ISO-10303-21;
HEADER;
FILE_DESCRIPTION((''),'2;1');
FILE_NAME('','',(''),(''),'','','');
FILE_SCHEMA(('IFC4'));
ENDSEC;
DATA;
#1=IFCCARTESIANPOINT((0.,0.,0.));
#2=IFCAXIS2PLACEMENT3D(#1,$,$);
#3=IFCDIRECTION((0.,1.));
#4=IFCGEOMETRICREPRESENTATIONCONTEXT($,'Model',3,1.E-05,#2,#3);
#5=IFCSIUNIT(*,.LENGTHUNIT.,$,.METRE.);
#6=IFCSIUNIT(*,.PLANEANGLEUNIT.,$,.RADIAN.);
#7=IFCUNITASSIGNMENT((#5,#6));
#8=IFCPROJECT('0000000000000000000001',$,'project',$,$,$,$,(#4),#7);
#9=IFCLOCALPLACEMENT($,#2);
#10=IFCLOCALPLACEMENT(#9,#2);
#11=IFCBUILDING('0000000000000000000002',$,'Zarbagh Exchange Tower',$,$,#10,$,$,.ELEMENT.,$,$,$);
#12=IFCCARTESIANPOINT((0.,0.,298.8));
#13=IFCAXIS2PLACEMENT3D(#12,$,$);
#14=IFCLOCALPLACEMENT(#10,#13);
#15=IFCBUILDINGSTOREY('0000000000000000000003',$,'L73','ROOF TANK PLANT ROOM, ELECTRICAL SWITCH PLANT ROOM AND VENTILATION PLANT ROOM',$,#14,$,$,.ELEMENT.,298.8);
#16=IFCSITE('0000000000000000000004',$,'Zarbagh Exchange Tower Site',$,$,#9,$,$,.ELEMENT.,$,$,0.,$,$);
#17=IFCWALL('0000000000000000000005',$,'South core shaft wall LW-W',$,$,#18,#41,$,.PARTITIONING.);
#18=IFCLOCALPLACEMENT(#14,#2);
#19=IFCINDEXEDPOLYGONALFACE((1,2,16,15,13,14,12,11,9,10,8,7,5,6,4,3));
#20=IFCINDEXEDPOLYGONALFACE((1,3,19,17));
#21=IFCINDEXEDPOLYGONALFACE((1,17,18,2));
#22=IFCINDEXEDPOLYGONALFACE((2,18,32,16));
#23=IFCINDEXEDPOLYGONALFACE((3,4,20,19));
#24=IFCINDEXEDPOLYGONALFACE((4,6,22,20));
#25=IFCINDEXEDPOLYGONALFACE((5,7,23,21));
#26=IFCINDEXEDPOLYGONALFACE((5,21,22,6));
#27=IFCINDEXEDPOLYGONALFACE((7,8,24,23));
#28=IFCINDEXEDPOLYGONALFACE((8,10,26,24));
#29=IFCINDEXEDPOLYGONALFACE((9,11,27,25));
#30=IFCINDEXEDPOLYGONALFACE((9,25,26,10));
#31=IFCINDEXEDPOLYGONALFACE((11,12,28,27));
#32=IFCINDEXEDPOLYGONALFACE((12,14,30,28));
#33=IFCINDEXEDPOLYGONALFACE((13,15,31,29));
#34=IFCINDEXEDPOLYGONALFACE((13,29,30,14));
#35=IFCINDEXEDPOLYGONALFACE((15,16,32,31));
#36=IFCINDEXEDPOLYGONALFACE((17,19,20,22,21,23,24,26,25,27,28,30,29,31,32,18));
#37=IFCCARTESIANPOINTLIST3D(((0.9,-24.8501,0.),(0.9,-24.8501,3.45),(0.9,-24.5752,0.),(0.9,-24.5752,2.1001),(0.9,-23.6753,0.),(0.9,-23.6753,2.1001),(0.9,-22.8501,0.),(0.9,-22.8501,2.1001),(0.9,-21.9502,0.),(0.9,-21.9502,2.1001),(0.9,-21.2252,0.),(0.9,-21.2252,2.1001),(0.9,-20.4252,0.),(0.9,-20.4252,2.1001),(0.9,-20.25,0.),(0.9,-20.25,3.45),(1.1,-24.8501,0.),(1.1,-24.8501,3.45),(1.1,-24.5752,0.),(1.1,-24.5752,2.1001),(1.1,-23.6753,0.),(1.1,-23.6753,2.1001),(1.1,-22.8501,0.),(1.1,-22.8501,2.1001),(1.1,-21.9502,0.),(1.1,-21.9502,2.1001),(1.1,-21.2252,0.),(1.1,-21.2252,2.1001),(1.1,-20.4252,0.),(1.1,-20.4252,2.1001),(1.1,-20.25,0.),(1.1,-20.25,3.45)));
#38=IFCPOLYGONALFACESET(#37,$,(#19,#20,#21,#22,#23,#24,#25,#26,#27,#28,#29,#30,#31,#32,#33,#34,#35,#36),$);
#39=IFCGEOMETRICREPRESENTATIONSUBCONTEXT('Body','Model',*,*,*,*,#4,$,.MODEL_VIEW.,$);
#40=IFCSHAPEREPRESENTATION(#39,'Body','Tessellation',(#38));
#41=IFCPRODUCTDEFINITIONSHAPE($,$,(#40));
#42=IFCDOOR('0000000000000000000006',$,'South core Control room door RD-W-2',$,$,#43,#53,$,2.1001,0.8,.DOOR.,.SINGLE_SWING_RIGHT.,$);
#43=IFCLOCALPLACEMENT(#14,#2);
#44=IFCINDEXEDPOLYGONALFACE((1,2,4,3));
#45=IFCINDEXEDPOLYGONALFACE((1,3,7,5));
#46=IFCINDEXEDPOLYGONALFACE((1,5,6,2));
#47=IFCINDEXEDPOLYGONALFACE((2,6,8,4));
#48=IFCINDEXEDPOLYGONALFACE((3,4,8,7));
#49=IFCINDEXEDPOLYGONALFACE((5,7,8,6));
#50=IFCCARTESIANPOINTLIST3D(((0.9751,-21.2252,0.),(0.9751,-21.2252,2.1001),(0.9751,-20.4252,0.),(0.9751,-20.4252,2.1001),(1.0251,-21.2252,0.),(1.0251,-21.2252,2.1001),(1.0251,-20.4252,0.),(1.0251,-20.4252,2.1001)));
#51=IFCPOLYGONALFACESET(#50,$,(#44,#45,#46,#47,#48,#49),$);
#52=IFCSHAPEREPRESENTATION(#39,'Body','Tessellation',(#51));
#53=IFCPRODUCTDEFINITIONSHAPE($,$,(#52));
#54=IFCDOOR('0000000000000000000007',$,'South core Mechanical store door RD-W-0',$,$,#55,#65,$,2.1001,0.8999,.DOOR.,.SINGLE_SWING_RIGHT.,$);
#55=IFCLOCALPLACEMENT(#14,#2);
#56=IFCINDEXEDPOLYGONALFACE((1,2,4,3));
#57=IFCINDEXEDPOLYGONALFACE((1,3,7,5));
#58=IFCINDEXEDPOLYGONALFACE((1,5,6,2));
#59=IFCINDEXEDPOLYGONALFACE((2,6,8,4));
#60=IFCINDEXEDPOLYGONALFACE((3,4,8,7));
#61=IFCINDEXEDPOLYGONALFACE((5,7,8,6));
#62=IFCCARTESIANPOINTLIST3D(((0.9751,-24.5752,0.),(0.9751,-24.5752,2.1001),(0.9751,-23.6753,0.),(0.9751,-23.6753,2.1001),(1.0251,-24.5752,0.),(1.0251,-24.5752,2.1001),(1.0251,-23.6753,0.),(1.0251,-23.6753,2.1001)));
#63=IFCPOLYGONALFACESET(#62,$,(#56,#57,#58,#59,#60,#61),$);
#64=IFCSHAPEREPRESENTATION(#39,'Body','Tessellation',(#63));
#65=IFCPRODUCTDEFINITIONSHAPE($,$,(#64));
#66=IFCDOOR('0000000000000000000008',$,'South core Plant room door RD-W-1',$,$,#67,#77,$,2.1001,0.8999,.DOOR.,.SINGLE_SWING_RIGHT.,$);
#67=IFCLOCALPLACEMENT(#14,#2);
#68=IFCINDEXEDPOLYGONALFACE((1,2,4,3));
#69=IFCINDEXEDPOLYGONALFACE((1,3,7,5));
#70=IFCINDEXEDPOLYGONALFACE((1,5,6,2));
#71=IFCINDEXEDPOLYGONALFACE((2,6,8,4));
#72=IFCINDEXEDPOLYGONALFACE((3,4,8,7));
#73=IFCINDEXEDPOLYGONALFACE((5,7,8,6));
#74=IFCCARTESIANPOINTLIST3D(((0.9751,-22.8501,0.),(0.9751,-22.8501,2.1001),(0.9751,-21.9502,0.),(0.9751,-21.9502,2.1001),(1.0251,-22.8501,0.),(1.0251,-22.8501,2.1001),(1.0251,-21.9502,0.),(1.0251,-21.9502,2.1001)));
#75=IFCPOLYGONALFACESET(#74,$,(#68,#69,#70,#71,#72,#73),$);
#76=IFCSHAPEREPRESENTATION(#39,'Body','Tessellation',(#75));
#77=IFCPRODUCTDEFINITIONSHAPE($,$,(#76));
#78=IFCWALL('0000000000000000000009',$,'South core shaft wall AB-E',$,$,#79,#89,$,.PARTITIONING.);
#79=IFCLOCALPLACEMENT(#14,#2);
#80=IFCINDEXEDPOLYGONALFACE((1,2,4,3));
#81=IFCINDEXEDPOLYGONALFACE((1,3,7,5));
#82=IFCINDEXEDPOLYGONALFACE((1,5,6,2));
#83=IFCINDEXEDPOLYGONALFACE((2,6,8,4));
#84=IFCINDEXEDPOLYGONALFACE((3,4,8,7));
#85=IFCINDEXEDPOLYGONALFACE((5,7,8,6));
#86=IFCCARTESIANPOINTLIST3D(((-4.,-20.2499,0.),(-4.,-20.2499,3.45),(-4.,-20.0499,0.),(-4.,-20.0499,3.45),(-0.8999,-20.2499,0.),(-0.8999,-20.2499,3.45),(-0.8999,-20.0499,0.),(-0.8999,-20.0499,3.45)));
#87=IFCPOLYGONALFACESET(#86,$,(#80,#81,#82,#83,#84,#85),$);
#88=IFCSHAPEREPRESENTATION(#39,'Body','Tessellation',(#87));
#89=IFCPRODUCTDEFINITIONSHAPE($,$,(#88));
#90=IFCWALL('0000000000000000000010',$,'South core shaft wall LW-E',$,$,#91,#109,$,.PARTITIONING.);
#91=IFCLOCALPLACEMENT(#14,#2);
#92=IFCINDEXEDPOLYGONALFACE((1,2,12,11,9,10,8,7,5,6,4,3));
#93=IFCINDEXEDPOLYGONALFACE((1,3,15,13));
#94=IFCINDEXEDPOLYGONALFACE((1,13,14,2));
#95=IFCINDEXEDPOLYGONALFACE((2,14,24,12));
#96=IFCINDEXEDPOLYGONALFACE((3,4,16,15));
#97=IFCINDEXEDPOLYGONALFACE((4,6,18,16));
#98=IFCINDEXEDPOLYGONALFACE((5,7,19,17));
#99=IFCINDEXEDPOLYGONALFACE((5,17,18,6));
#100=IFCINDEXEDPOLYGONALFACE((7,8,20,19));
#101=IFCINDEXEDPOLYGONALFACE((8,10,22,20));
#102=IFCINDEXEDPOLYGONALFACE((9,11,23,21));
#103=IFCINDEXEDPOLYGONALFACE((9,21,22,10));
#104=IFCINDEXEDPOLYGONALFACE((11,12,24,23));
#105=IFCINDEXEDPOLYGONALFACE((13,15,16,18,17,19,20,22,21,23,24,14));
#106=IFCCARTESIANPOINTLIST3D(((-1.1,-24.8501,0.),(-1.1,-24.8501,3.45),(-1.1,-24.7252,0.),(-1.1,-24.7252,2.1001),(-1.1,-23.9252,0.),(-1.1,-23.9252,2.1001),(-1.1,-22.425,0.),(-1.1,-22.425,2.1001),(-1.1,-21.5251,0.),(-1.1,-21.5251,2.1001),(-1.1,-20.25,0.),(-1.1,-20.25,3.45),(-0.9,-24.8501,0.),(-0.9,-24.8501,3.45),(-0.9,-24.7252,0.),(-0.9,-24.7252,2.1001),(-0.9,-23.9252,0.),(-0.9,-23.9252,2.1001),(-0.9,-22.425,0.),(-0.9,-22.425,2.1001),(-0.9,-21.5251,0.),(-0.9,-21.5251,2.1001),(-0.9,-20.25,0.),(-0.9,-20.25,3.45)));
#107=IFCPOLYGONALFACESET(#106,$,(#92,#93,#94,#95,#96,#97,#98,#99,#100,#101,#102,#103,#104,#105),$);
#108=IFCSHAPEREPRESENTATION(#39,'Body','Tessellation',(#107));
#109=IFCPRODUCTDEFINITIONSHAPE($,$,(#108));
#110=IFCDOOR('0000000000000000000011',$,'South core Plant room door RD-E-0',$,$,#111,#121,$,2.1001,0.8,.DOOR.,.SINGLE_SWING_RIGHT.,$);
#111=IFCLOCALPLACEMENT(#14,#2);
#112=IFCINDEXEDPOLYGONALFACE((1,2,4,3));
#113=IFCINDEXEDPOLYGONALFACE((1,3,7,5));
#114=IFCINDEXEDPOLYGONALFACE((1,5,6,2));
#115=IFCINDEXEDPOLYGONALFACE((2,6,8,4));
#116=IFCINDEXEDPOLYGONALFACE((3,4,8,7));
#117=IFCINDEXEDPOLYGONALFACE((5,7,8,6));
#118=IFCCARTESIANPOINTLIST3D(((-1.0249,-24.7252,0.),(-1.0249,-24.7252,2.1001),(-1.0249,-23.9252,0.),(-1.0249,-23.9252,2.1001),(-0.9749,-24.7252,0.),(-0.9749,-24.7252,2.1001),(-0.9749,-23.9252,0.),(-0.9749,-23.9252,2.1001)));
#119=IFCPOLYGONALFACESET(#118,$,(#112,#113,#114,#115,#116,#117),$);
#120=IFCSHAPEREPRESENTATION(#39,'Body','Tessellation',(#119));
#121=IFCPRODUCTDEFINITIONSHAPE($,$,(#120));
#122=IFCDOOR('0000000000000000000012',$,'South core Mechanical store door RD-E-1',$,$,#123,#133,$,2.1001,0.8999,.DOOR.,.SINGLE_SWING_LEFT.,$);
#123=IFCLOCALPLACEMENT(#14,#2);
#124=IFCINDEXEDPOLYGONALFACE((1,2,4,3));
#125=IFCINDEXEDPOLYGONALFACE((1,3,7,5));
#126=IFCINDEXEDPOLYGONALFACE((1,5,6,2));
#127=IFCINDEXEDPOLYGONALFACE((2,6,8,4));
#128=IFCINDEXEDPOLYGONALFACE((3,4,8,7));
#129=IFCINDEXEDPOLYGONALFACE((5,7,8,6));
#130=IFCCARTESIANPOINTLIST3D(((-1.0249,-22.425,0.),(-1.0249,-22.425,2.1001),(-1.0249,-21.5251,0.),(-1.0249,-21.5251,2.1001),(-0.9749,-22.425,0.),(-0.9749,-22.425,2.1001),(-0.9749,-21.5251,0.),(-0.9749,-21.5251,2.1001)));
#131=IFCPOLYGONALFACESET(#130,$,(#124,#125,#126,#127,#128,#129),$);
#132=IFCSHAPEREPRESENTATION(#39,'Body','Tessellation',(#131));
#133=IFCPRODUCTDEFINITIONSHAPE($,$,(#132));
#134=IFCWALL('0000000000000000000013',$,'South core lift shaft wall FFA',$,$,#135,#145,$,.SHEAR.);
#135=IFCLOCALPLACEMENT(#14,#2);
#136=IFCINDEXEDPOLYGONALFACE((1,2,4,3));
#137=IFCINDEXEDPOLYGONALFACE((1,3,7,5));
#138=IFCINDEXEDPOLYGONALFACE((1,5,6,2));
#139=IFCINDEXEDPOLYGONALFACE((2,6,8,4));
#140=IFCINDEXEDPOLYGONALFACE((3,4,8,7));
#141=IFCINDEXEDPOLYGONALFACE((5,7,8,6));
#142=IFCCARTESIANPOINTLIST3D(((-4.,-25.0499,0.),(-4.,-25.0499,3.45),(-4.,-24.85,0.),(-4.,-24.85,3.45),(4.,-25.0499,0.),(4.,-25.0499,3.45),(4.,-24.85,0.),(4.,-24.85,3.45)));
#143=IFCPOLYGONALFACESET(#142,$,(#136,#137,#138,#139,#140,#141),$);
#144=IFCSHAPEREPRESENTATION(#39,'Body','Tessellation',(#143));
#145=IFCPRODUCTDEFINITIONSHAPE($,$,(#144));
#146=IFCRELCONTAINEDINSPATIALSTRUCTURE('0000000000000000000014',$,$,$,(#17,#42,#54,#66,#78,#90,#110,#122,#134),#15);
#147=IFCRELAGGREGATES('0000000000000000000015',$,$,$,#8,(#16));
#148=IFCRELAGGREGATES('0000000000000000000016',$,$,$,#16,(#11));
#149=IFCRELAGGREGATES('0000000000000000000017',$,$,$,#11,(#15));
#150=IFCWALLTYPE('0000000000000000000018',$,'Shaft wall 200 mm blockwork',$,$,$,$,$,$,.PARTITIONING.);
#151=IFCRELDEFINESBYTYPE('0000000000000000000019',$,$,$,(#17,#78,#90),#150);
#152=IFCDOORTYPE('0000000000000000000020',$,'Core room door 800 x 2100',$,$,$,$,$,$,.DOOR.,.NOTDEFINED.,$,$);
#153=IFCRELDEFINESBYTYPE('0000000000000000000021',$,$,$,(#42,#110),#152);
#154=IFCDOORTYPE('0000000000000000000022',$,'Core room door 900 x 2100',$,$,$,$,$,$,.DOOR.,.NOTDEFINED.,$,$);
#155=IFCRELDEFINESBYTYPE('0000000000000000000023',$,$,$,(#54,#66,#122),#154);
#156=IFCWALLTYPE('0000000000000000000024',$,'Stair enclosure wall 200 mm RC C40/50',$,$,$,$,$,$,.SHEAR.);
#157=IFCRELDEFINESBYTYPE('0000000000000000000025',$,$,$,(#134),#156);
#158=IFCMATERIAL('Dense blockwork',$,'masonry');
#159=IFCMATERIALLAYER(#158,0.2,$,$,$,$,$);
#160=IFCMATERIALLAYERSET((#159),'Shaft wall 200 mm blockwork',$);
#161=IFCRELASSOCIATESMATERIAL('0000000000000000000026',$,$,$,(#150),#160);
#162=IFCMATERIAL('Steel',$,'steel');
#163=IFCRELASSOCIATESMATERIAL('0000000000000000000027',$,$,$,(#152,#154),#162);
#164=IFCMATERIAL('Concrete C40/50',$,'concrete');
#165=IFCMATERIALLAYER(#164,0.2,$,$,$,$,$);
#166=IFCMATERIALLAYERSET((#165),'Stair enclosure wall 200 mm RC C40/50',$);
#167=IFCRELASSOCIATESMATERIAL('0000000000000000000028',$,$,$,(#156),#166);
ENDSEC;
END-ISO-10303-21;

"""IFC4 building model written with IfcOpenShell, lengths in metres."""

from ifc_helpers import new_model, si_unit, direction, frame, frame_2d, origin, place, context, subcontext, project, spatial, rectangle, extrude, material, layer, layer_set, type_object, element, fill, save


model = new_model("IFC4")

# Units and contexts
model_context = context("Model", 3, precision=1e-05, world=origin(), true_north=direction((0.0, 1.0)))
body_context = subcontext(model_context, "Body", "Model", "MODEL_VIEW")
ifc_project = project(units=[si_unit("LENGTHUNIT", "METRE"), si_unit("PLANEANGLEUNIT", "RADIAN")], contexts=[model_context])

# Site, building, storey
site_placement = place(None, origin())
site = spatial("IfcSite", under=ifc_project, at=site_placement, Name="Zarbagh Exchange Tower Site", CompositionType="ELEMENT", RefElevation=0.0)
building_placement = place(site_placement, origin())
building = spatial("IfcBuilding", under=site, at=building_placement, Name="Zarbagh Exchange Tower", CompositionType="ELEMENT")
storey_placement = place(building_placement, frame((0.0, 0.0, 298.8)))
storey = spatial("IfcBuildingStorey", under=building, at=storey_placement, Name="L73", Description="ROOF TANK PLANT ROOM, ELECTRICAL SWITCH PLANT ROOM AND VENTILATION PLANT ROOM", CompositionType="ELEMENT", Elevation=298.8)

# Shared definitions
ifc_material_1 = material(Name="Concrete C40/50", Category="concrete")

# Shared definitions
ifc_material_2 = material(Name="Dense blockwork", Category="masonry")
ifc_layer_1 = layer(ifc_material_2, 0.2)
ifc_layer_set_1 = layer_set([ifc_layer_1], Name="Shaft wall 200 mm blockwork")
wall_type_1 = type_object("IfcWallType", Name="Shaft wall 200 mm blockwork", PredefinedType="PARTITIONING", material=ifc_layer_set_1)

# Wall, openings, doors
wall_1_placement = place(storey_placement, frame((1.0, -24.8501, 0.0), z_axis=(0.0, 0.0, 1.0), x_axis=(0.0, 1.0, 0.0)))
wall_1 = element("IfcWall", 1, at=wall_1_placement, inside=storey, type_object=wall_type_1, Name="South core shaft wall LW-W", PredefinedType="PARTITIONING", context=body_context, shape_type="SweptSolid", body=[
    extrude(rectangle(XDim=4.6001, YDim=0.2, at=frame_2d((2.3, 0.0))), origin(), (0.0, 0.0, 1.0), 3.45),
])
opening_1_placement = place(wall_1_placement, frame((0.2749, 0.0, 0.0)))
opening_1 = element("IfcOpeningElement", 2, at=opening_1_placement, cuts=wall_1, PredefinedType="OPENING", context=body_context, shape_type="SweptSolid", body=[
    extrude(rectangle(XDim=0.8999, YDim=2.1001, at=frame_2d((0.45, 1.05))), frame((0.0, 0.1099, 0.0), z_axis=(0.0, -1.0, 0.0), x_axis=(1.0, 0.0, 0.0)), (0.0, 0.0, 1.0), 0.22),
])
opening_2_placement = place(wall_1_placement, frame((2.0, 0.0, 0.0)))
opening_2 = element("IfcOpeningElement", 3, at=opening_2_placement, cuts=wall_1, PredefinedType="OPENING", context=body_context, shape_type="SweptSolid", body=[
    extrude(rectangle(XDim=0.8999, YDim=2.1001, at=frame_2d((0.45, 1.05))), frame((0.0, 0.1099, 0.0), z_axis=(0.0, -1.0, 0.0), x_axis=(1.0, 0.0, 0.0)), (0.0, 0.0, 1.0), 0.22),
])
opening_3_placement = place(wall_1_placement, frame((3.625, 0.0, 0.0)))
opening_3 = element("IfcOpeningElement", 4, at=opening_3_placement, cuts=wall_1, PredefinedType="OPENING", context=body_context, shape_type="SweptSolid", body=[
    extrude(rectangle(XDim=0.8, YDim=2.1001, at=frame_2d((0.3999, 1.05))), frame((0.0, 0.1099, 0.0), z_axis=(0.0, -1.0, 0.0), x_axis=(1.0, 0.0, 0.0)), (0.0, 0.0, 1.0), 0.22),
])
ifc_material_3 = material(Name="Steel", Category="steel")
door_type_1 = type_object("IfcDoorType", Name="Core room door 800 x 2100", OperationType="NOTDEFINED", PredefinedType="DOOR", material=ifc_material_3)
door_1_placement = place(opening_3_placement, origin())
door_1 = element("IfcDoor", 5, at=door_1_placement, inside=storey, type_object=door_type_1, Name="South core Control room door RD-W-2", OperationType="SINGLE_SWING_RIGHT", OverallHeight=2.1001, OverallWidth=0.8, PredefinedType="DOOR", context=body_context, shape_type="SweptSolid", body=[
    extrude(rectangle(XDim=0.8, YDim=2.1001, at=frame_2d((0.3999, 1.05))), frame((0.0, 0.0249, 0.0), z_axis=(0.0, -1.0, 0.0), x_axis=(1.0, 0.0, 0.0)), (0.0, 0.0, 1.0), 0.05),
])
fill(opening_3, door_1)
door_type_2 = type_object("IfcDoorType", Name="Core room door 900 x 2100", OperationType="NOTDEFINED", PredefinedType="DOOR", material=ifc_material_3)
door_2_placement = place(opening_1_placement, origin())
door_2 = element("IfcDoor", 6, at=door_2_placement, inside=storey, type_object=door_type_2, Name="South core Mechanical store door RD-W-0", OperationType="SINGLE_SWING_RIGHT", OverallHeight=2.1001, OverallWidth=0.8999, PredefinedType="DOOR", context=body_context, shape_type="SweptSolid", body=[
    extrude(rectangle(XDim=0.8999, YDim=2.1001, at=frame_2d((0.45, 1.05))), frame((0.0, 0.0249, 0.0), z_axis=(0.0, -1.0, 0.0), x_axis=(1.0, 0.0, 0.0)), (0.0, 0.0, 1.0), 0.05),
])
fill(opening_1, door_2)
door_3_placement = place(opening_2_placement, origin())
door_3 = element("IfcDoor", 7, at=door_3_placement, inside=storey, type_object=door_type_2, Name="South core Plant room door RD-W-1", OperationType="SINGLE_SWING_RIGHT", OverallHeight=2.1001, OverallWidth=0.8999, PredefinedType="DOOR", context=body_context, shape_type="SweptSolid", body=[
    extrude(rectangle(XDim=0.8999, YDim=2.1001, at=frame_2d((0.45, 1.05))), frame((0.0, 0.0249, 0.0), z_axis=(0.0, -1.0, 0.0), x_axis=(1.0, 0.0, 0.0)), (0.0, 0.0, 1.0), 0.05),
])
fill(opening_2, door_3)

# Wall
wall_2_placement = place(storey_placement, frame((-0.8999, -20.1499, 0.0), z_axis=(0.0, 0.0, 1.0), x_axis=(-1.0, 0.0, 0.0)))
element("IfcWall", 8, at=wall_2_placement, inside=storey, type_object=wall_type_1, Name="South core shaft wall AB-E", PredefinedType="PARTITIONING", context=body_context, shape_type="SweptSolid", body=[
    extrude(rectangle(XDim=3.1001, YDim=0.2, at=frame_2d((1.55, 0.0))), origin(), (0.0, 0.0, 1.0), 3.45),
])

# Wall, openings, doors
wall_3_placement = place(storey_placement, frame((-1.0, -24.8501, 0.0), z_axis=(0.0, 0.0, 1.0), x_axis=(0.0, 1.0, 0.0)))
wall_3 = element("IfcWall", 9, at=wall_3_placement, inside=storey, type_object=wall_type_1, Name="South core shaft wall LW-E", PredefinedType="PARTITIONING", context=body_context, shape_type="SweptSolid", body=[
    extrude(rectangle(XDim=4.6001, YDim=0.2, at=frame_2d((2.3, 0.0))), origin(), (0.0, 0.0, 1.0), 3.45),
])
opening_4_placement = place(wall_3_placement, frame((0.125, 0.0, 0.0)))
opening_4 = element("IfcOpeningElement", 10, at=opening_4_placement, cuts=wall_3, PredefinedType="OPENING", context=body_context, shape_type="SweptSolid", body=[
    extrude(rectangle(XDim=0.8, YDim=2.1001, at=frame_2d((0.3999, 1.05))), frame((0.0, 0.1099, 0.0), z_axis=(0.0, -1.0, 0.0), x_axis=(1.0, 0.0, 0.0)), (0.0, 0.0, 1.0), 0.22),
])
opening_5_placement = place(wall_3_placement, frame((2.425, 0.0, 0.0)))
opening_5 = element("IfcOpeningElement", 11, at=opening_5_placement, cuts=wall_3, PredefinedType="OPENING", context=body_context, shape_type="SweptSolid", body=[
    extrude(rectangle(XDim=0.8999, YDim=2.1001, at=frame_2d((0.45, 1.05))), frame((0.0, 0.1099, 0.0), z_axis=(0.0, -1.0, 0.0), x_axis=(1.0, 0.0, 0.0)), (0.0, 0.0, 1.0), 0.22),
])
door_4_placement = place(opening_4_placement, origin())
door_4 = element("IfcDoor", 12, at=door_4_placement, inside=storey, type_object=door_type_1, Name="South core Plant room door RD-E-0", OperationType="SINGLE_SWING_RIGHT", OverallHeight=2.1001, OverallWidth=0.8, PredefinedType="DOOR", context=body_context, shape_type="SweptSolid", body=[
    extrude(rectangle(XDim=0.8, YDim=2.1001, at=frame_2d((0.3999, 1.05))), frame((0.0, 0.0249, 0.0), z_axis=(0.0, -1.0, 0.0), x_axis=(1.0, 0.0, 0.0)), (0.0, 0.0, 1.0), 0.05),
])
fill(opening_4, door_4)
door_5_placement = place(opening_5_placement, origin())
door_5 = element("IfcDoor", 13, at=door_5_placement, inside=storey, type_object=door_type_2, Name="South core Mechanical store door RD-E-1", OperationType="SINGLE_SWING_LEFT", OverallHeight=2.1001, OverallWidth=0.8999, PredefinedType="DOOR", context=body_context, shape_type="SweptSolid", body=[
    extrude(rectangle(XDim=0.8999, YDim=2.1001, at=frame_2d((0.45, 1.05))), frame((0.0, 0.0249, 0.0), z_axis=(0.0, -1.0, 0.0), x_axis=(1.0, 0.0, 0.0)), (0.0, 0.0, 1.0), 0.05),
])
fill(opening_5, door_5)

# Wall
ifc_layer_2 = layer(ifc_material_1, 0.2)
ifc_layer_set_2 = layer_set([ifc_layer_2], Name="Stair enclosure wall 200 mm RC C40/50")
wall_type_2 = type_object("IfcWallType", Name="Stair enclosure wall 200 mm RC C40/50", PredefinedType="SHEAR", material=ifc_layer_set_2)
wall_4_placement = place(storey_placement, frame((4.0, -24.95, 0.0), z_axis=(0.0, 0.0, 1.0), x_axis=(-1.0, 0.0, 0.0)))
element("IfcWall", 14, at=wall_4_placement, inside=storey, type_object=wall_type_2, Name="South core lift shaft wall FFA", PredefinedType="SHEAR", context=body_context, shape_type="SweptSolid", body=[
    extrude(rectangle(XDim=8.0, YDim=0.2, at=frame_2d((4.0, 0.0))), origin(), (0.0, 0.0, 1.0), 3.45),
])

save(model, "model.ifc")
